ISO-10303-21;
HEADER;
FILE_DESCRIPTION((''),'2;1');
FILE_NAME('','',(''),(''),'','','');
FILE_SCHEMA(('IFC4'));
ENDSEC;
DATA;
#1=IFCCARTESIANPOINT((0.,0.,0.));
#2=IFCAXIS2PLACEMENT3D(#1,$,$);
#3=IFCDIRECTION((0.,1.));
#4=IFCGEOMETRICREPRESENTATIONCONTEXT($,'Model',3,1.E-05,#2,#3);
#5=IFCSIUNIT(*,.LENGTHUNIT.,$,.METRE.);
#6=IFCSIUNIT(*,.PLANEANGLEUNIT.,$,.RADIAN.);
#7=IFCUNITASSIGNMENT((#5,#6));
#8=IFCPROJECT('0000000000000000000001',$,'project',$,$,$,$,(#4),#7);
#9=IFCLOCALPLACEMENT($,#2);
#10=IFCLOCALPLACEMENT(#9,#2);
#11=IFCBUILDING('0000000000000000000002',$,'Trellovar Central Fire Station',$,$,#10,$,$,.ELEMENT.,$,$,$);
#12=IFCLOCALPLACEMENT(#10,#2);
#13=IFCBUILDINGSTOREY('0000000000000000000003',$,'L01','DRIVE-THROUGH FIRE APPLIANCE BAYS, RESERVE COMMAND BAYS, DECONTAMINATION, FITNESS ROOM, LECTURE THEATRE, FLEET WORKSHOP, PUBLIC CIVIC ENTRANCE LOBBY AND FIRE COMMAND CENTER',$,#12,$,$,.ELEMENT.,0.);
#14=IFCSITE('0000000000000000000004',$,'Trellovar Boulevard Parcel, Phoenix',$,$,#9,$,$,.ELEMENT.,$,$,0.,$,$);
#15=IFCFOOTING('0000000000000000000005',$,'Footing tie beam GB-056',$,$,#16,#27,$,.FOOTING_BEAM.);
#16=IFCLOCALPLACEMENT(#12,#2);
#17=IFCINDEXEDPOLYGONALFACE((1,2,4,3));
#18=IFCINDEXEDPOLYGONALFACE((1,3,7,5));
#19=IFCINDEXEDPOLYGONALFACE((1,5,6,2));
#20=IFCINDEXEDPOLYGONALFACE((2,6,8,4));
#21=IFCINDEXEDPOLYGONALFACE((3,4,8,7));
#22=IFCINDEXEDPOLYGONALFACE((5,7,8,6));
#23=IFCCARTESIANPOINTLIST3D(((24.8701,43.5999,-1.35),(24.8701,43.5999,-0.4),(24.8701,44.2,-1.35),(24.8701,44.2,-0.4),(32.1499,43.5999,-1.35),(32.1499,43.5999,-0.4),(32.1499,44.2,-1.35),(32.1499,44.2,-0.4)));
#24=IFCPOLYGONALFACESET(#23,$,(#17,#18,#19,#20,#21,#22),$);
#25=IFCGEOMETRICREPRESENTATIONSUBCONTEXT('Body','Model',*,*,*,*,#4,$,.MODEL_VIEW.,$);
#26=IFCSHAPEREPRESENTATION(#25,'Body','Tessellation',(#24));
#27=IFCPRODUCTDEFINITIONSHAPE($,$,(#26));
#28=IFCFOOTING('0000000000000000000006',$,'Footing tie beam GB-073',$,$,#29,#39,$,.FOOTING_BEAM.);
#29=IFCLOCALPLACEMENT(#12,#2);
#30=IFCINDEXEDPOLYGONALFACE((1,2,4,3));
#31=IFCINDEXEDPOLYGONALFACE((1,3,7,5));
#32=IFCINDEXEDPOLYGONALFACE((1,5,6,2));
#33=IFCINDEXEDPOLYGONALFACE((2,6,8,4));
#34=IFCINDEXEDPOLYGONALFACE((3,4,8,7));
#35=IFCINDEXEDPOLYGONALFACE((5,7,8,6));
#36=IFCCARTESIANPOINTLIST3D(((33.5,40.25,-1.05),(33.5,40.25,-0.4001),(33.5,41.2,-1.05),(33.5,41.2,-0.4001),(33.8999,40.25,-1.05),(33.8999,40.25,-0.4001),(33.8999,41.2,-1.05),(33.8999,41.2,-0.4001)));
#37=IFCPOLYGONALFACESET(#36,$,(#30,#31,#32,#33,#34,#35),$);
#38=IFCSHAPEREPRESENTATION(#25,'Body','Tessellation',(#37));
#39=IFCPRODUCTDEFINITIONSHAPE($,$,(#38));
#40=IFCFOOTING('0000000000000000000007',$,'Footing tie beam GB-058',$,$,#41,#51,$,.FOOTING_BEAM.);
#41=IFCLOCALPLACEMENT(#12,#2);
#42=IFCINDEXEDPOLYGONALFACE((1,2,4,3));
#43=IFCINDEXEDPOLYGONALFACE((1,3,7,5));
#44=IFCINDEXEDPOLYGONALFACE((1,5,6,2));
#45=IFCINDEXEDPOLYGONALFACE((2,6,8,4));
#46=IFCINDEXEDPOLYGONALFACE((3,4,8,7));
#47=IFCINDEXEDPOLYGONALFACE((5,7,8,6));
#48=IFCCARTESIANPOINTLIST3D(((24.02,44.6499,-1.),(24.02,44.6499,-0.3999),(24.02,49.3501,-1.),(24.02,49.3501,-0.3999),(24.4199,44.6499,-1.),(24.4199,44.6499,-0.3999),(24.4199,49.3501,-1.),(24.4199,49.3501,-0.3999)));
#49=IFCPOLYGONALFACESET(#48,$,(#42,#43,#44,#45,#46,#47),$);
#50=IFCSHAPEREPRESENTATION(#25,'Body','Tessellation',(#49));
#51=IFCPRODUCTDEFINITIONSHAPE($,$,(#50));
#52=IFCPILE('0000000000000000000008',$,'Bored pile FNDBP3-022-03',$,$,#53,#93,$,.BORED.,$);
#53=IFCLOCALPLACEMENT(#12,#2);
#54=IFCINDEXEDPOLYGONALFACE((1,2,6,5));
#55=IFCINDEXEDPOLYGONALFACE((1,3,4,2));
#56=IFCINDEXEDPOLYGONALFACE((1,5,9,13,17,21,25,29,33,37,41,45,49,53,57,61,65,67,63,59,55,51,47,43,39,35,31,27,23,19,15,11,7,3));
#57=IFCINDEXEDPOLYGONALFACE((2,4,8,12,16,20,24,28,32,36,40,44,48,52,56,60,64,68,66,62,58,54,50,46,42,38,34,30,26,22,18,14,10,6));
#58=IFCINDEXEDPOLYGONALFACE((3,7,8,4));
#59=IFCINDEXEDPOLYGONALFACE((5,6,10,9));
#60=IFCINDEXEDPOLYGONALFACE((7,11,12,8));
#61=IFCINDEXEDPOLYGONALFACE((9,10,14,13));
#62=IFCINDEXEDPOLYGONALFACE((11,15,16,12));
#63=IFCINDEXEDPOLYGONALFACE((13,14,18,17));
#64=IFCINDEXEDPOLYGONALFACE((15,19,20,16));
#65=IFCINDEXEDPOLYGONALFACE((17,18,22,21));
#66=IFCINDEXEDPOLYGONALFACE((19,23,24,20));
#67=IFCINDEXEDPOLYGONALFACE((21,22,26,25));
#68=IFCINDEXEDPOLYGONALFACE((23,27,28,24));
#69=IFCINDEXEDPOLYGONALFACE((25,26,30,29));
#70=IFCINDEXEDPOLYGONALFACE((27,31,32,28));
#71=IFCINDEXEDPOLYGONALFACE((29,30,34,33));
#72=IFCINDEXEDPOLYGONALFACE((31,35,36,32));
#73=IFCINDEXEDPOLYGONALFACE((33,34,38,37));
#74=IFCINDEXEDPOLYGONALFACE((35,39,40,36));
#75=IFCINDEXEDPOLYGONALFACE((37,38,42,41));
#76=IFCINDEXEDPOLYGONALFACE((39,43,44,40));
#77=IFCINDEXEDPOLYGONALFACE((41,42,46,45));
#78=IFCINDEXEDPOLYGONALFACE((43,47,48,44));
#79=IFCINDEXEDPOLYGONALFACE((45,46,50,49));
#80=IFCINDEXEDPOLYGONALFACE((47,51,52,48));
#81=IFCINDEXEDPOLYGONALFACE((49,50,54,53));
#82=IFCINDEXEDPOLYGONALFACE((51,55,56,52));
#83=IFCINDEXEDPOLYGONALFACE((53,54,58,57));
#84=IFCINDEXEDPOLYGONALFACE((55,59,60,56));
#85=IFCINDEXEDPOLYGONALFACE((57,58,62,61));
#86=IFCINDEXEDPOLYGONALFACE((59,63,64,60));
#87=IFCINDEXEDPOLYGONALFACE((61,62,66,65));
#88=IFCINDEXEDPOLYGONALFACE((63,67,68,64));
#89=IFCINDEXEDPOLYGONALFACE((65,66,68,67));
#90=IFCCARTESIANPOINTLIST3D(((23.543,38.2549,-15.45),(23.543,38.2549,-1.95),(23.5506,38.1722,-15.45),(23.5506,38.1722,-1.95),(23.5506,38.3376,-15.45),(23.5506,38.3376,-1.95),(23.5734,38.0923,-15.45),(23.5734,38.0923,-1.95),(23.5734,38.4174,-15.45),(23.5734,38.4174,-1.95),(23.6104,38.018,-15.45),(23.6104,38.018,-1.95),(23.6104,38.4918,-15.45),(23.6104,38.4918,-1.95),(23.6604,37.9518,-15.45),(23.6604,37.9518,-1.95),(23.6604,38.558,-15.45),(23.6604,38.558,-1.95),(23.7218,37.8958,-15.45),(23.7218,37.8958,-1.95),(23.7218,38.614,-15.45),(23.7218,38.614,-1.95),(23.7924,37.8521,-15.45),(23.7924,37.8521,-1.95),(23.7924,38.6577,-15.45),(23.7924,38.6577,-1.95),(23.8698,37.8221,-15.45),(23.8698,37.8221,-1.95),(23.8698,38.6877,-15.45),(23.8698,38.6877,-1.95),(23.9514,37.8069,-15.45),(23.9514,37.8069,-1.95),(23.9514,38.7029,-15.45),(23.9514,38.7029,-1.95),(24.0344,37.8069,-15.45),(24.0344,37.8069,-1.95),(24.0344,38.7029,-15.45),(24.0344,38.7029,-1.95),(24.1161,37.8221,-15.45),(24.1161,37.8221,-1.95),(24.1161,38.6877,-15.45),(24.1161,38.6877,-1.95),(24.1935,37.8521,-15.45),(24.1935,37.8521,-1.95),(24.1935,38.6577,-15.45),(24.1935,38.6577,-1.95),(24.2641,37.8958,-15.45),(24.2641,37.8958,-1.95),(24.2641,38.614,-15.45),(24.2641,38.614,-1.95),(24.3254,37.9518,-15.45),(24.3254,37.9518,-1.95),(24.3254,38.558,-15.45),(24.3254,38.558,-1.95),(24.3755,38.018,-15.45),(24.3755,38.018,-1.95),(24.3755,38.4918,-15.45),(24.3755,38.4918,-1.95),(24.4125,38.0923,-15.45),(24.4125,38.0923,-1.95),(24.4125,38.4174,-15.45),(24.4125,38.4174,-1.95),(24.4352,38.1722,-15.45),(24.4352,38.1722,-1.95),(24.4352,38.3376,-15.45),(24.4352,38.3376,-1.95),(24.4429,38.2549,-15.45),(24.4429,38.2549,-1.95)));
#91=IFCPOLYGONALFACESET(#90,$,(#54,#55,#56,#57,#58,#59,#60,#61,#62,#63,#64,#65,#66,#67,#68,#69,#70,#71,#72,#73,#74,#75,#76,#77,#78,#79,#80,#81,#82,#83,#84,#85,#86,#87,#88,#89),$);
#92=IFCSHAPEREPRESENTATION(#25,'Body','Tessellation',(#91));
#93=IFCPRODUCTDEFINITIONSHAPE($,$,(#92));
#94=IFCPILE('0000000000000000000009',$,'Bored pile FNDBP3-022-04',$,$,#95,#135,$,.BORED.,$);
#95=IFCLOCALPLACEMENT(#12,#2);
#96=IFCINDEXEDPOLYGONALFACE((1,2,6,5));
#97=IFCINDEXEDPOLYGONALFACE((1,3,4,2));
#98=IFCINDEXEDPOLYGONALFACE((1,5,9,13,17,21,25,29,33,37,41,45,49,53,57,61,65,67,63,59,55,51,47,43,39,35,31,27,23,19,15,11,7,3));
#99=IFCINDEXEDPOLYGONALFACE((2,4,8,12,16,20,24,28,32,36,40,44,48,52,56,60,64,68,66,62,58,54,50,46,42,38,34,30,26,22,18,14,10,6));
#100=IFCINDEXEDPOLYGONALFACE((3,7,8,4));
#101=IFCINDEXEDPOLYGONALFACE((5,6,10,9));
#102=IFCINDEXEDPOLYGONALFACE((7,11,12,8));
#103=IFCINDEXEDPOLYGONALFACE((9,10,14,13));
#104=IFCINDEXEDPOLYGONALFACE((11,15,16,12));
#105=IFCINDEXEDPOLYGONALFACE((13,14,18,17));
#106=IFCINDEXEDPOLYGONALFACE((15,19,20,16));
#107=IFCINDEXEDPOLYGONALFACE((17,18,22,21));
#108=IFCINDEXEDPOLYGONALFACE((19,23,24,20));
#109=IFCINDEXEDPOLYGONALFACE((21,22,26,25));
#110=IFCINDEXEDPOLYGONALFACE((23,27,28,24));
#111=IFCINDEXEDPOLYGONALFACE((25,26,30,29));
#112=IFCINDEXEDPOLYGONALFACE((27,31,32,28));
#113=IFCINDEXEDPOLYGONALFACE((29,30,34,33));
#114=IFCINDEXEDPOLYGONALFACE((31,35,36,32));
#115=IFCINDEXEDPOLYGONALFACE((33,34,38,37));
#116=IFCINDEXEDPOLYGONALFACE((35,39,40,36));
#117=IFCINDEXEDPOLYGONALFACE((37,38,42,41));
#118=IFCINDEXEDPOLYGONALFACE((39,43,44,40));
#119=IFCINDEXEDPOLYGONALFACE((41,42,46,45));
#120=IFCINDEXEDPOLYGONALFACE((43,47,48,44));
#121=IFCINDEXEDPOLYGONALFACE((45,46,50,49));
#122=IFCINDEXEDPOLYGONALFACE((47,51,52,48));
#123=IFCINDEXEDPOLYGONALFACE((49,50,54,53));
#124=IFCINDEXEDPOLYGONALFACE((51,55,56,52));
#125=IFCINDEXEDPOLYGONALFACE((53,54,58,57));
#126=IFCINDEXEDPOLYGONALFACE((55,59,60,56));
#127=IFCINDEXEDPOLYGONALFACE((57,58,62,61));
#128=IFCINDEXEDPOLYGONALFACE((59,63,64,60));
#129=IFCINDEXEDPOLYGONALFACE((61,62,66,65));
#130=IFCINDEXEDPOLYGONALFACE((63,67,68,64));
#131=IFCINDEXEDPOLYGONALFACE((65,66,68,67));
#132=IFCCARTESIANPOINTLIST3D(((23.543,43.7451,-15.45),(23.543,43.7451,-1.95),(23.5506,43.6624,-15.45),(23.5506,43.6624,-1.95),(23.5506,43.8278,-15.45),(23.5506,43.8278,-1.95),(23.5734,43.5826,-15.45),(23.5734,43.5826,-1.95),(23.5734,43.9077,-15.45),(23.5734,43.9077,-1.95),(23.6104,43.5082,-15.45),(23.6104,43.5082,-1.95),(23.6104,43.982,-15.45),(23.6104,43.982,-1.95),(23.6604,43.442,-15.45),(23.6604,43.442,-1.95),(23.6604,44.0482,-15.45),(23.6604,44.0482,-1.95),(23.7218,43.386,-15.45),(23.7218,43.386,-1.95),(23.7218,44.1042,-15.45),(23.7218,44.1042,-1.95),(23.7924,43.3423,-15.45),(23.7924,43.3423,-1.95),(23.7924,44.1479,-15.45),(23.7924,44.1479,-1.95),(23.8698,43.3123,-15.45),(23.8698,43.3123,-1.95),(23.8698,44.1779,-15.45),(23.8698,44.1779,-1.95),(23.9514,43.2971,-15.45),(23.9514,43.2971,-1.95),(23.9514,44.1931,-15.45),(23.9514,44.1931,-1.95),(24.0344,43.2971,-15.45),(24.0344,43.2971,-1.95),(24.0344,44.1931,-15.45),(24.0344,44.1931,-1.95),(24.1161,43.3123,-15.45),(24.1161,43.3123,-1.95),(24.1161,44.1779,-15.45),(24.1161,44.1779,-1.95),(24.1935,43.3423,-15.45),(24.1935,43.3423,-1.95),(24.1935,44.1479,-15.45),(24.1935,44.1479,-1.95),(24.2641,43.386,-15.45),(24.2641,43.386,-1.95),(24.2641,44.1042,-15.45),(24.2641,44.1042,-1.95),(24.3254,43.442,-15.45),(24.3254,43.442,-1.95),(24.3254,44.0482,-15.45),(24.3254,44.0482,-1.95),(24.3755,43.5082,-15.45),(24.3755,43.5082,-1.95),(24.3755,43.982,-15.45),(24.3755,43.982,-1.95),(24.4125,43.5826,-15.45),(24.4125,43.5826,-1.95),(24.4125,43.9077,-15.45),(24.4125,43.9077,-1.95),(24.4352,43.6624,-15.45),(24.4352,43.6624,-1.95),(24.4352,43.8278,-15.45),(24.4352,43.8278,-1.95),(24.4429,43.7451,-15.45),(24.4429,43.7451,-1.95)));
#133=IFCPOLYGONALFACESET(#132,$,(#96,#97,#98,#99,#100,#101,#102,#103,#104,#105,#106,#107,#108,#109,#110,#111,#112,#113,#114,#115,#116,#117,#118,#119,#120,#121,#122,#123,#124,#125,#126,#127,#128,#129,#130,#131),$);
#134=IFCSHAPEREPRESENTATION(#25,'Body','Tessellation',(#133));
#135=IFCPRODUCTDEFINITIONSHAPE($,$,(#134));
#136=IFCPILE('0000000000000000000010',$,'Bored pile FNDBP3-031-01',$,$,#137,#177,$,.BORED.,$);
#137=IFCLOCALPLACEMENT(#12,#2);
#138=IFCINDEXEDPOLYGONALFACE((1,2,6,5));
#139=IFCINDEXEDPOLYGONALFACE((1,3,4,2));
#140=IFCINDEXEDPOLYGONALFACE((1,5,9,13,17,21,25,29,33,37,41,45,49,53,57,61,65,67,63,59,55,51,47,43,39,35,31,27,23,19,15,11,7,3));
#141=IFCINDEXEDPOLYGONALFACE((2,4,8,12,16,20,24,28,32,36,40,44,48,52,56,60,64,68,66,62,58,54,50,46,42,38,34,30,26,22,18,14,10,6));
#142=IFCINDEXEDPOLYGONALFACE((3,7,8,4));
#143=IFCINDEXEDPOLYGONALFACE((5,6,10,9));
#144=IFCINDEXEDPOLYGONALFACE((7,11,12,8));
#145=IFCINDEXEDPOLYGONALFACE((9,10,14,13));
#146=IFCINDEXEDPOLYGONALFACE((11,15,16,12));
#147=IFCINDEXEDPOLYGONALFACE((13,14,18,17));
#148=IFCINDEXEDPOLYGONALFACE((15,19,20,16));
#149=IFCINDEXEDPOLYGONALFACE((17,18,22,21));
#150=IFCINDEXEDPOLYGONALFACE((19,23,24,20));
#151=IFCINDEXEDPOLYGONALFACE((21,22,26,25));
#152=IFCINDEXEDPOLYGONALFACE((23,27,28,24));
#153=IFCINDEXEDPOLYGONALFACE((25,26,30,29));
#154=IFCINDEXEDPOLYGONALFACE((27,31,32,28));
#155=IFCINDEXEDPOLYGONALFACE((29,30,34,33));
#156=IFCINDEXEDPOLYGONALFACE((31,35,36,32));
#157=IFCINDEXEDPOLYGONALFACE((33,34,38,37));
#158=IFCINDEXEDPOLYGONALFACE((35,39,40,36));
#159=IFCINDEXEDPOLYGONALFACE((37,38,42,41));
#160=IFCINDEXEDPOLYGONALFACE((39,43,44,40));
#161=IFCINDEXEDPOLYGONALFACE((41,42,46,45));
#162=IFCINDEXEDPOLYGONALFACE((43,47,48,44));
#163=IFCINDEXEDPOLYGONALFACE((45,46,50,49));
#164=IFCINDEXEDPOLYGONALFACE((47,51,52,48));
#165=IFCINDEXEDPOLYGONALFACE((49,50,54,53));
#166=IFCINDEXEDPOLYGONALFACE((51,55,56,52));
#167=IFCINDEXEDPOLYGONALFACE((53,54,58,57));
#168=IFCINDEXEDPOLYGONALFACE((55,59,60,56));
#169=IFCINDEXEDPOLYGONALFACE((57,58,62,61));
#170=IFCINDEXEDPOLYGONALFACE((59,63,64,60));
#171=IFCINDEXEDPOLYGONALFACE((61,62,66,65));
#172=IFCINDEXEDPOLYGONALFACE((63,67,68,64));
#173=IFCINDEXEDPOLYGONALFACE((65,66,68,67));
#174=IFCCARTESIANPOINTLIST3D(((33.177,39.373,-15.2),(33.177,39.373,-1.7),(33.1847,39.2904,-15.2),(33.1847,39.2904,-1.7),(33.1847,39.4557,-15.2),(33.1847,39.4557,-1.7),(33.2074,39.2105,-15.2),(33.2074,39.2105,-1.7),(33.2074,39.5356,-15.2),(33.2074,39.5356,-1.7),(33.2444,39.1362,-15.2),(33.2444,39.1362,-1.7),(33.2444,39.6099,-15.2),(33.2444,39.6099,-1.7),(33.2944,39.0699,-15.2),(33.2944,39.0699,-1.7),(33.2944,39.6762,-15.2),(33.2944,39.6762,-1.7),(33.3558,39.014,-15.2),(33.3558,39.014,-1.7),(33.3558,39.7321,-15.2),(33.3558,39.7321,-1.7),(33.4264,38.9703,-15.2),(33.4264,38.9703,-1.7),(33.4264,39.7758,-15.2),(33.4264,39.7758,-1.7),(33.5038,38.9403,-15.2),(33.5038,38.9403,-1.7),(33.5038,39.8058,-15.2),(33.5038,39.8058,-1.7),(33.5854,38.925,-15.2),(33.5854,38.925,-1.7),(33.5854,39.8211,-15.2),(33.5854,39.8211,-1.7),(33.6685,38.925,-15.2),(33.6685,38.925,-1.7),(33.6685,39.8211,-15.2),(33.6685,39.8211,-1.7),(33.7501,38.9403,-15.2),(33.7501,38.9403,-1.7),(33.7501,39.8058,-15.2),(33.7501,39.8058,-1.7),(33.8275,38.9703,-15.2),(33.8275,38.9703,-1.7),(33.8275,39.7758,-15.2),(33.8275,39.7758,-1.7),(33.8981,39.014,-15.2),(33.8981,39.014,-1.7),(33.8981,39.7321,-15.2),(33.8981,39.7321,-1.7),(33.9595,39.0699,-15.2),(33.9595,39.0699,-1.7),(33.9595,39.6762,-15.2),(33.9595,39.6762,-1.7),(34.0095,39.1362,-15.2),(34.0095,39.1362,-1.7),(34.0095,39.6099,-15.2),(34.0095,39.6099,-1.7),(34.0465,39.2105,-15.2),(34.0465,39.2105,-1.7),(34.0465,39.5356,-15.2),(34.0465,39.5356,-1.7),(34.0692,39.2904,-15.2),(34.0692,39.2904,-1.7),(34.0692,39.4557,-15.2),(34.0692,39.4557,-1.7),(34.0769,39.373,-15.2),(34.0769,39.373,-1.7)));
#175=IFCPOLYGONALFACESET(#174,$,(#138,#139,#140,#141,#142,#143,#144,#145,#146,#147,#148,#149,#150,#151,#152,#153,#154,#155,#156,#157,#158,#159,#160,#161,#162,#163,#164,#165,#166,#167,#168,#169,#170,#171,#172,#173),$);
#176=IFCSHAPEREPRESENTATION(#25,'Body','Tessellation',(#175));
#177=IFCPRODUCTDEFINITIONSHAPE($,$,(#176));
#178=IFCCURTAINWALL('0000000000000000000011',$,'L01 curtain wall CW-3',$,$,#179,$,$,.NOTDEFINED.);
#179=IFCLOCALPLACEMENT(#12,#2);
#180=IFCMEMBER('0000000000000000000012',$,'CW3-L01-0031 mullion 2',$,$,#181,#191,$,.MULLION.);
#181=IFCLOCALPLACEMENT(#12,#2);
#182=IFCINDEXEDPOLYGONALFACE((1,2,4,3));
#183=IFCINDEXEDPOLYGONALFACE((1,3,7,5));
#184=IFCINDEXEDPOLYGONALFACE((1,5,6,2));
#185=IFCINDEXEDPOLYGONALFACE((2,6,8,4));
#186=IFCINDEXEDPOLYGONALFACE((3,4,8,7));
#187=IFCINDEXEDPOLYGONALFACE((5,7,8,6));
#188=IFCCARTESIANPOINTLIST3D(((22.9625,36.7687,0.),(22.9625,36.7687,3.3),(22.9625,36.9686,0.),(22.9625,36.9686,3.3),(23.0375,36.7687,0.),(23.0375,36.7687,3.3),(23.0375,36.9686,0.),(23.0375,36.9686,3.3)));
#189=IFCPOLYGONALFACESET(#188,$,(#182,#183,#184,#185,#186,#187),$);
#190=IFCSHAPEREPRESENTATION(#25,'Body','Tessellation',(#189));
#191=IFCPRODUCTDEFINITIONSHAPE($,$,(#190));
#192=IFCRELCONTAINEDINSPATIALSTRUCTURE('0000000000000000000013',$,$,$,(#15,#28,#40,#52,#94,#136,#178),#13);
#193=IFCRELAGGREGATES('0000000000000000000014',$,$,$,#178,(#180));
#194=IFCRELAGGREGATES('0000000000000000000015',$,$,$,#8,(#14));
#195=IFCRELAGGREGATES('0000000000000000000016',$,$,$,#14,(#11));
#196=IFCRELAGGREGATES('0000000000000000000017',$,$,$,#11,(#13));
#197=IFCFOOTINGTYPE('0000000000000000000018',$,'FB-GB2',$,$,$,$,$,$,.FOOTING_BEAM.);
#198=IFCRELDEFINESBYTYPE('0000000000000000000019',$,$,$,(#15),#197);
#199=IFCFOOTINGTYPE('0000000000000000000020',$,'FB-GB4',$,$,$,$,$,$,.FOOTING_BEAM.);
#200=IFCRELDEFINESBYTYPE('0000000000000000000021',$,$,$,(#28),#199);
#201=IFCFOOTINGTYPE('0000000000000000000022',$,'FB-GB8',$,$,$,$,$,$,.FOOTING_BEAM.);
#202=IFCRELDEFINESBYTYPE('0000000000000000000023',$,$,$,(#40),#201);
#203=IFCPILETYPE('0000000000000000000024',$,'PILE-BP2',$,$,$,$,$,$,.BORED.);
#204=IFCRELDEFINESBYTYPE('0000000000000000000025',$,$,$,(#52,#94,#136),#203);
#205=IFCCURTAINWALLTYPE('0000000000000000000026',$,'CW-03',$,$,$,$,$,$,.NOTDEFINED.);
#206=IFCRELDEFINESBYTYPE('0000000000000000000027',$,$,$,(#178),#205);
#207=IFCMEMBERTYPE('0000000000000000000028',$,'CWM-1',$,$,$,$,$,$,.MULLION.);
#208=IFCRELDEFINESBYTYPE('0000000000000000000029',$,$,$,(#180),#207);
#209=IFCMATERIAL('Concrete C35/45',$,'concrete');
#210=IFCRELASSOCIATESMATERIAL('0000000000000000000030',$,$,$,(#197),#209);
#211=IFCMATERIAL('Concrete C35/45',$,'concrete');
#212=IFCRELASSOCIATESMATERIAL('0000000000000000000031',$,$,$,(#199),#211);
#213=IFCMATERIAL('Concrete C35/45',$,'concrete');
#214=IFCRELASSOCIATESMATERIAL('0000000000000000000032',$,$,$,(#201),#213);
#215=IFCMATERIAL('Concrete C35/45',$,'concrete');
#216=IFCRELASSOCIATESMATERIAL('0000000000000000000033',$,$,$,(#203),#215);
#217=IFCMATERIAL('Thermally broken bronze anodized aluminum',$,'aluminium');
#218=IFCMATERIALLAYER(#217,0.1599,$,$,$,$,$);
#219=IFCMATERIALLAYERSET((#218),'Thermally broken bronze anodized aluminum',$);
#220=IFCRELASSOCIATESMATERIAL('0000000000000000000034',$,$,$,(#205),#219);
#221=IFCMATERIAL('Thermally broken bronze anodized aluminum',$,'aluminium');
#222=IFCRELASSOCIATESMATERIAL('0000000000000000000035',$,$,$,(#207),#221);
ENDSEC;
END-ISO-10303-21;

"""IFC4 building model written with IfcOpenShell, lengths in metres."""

from ifc_helpers import new_model, si_unit, direction, frame, origin, origin_2d, place, context, subcontext, project, spatial, rectangle, circle, extrude, material, layer, layer_set, material_profile, profile_set, type_object, element, aggregate, save


model = new_model("IFC4")

# Units and contexts
model_context = context("Model", 3, precision=1e-05, world=origin(), true_north=direction((0.0, 1.0)))
body_context = subcontext(model_context, "Body", "Model", "MODEL_VIEW")
ifc_project = project(units=[si_unit("LENGTHUNIT", "METRE"), si_unit("PLANEANGLEUNIT", "RADIAN")], contexts=[model_context])

# Site, building, storey
site_placement = place(None, origin())
site = spatial("IfcSite", under=ifc_project, at=site_placement, Name="Trellovar Boulevard Parcel, Phoenix", CompositionType="ELEMENT", RefElevation=0.0)
building_placement = place(site_placement, origin())
building = spatial("IfcBuilding", under=site, at=building_placement, Name="Trellovar Central Fire Station", CompositionType="ELEMENT")
storey_placement = place(building_placement, origin())
storey = spatial("IfcBuildingStorey", under=building, at=storey_placement, Name="L01", Description="DRIVE-THROUGH FIRE APPLIANCE BAYS, RESERVE COMMAND BAYS, DECONTAMINATION, FITNESS ROOM, LECTURE THEATRE, FLEET WORKSHOP, PUBLIC CIVIC ENTRANCE LOBBY AND FIRE COMMAND CENTER", CompositionType="ELEMENT", Elevation=0.0)

# Footings
ifc_material_1 = material(Name="Concrete C35/45", Category="concrete")
ifc_material_profile_1 = material_profile(ifc_material_1, rectangle(XDim=0.6001, YDim=0.95, at=origin_2d()), Name="RC600X950")
ifc_profile_set_1 = profile_set([ifc_material_profile_1], Name="Concrete C35/45")
footing_type_1 = type_object("IfcFootingType", Name="FB-GB2", PredefinedType="FOOTING_BEAM", material=ifc_profile_set_1)
footing_1_placement = place(storey_placement, frame((24.8701, 43.8999, -0.875), z_axis=(1.0, 0.0, 0.0), x_axis=(0.0, 1.0, 0.0)))
element("IfcFooting", 1, at=footing_1_placement, inside=storey, type_object=footing_type_1, Name="Footing tie beam GB-056", PredefinedType="FOOTING_BEAM", context=body_context, shape_type="SweptSolid", body=[
    extrude(rectangle(XDim=0.6001, YDim=0.95, at=origin_2d()), origin(), (0.0, 0.0, 1.0), 7.2798),
])
ifc_material_2 = material(Name="Concrete C35/45", Category="concrete")
ifc_material_profile_2 = material_profile(ifc_material_2, rectangle(XDim=0.3999, YDim=0.6499, at=origin_2d()), Name="RC400X650")
ifc_profile_set_2 = profile_set([ifc_material_profile_2], Name="Concrete C35/45")
footing_type_2 = type_object("IfcFootingType", Name="FB-GB4", PredefinedType="FOOTING_BEAM", material=ifc_profile_set_2)
footing_2_placement = place(storey_placement, frame((33.7, 40.25, -0.7251), z_axis=(0.0, 1.0, 0.0), x_axis=(-1.0, 0.0, 0.0)))
element("IfcFooting", 2, at=footing_2_placement, inside=storey, type_object=footing_type_2, Name="Footing tie beam GB-073", PredefinedType="FOOTING_BEAM", context=body_context, shape_type="SweptSolid", body=[
    extrude(rectangle(XDim=0.3999, YDim=0.6499, at=origin_2d()), origin(), (0.0, 0.0, 1.0), 0.95),
])
ifc_material_3 = material(Name="Concrete C35/45", Category="concrete")
ifc_material_profile_3 = material_profile(ifc_material_3, rectangle(XDim=0.3999, YDim=0.6001, at=origin_2d()), Name="RC400X600")
ifc_profile_set_3 = profile_set([ifc_material_profile_3], Name="Concrete C35/45")
footing_type_3 = type_object("IfcFootingType", Name="FB-GB8", PredefinedType="FOOTING_BEAM", material=ifc_profile_set_3)
footing_3_placement = place(storey_placement, frame((24.22, 44.6499, -0.7), z_axis=(0.0, 1.0, 0.0), x_axis=(-1.0, 0.0, 0.0)))
element("IfcFooting", 3, at=footing_3_placement, inside=storey, type_object=footing_type_3, Name="Footing tie beam GB-058", PredefinedType="FOOTING_BEAM", context=body_context, shape_type="SweptSolid", body=[
    extrude(rectangle(XDim=0.3999, YDim=0.6001, at=origin_2d()), origin(), (0.0, 0.0, 1.0), 4.7002),
])

# Piles
ifc_material_4 = material(Name="Concrete C35/45", Category="concrete")
ifc_material_profile_4 = material_profile(ifc_material_4, circle(Radius=0.45, at=origin_2d()), Name="PILE900")
ifc_profile_set_4 = profile_set([ifc_material_profile_4], Name="Concrete C35/45")
pile_type = type_object("IfcPileType", Name="PILE-BP2", PredefinedType="BORED", material=ifc_profile_set_4)
for number, where, z_axis, x_axis, name in (
    (4, (23.9929, 38.2549, -1.95), (0.0, 0.0, -1.0), (1.0, 0.0, 0.0), "Bored pile FNDBP3-022-03"),
    (5, (23.9929, 43.7451, -1.95), (0.0, 0.0, -1.0), (1.0, 0.0, 0.0), "Bored pile FNDBP3-022-04"),
    (6, (33.627, 39.373, -1.7), (0.0, 0.0, -1.0), (1.0, 0.0, 0.0), "Bored pile FNDBP3-031-01"),
):
    element("IfcPile", number, at=place(storey_placement, frame(where, z_axis=z_axis, x_axis=x_axis)), inside=storey, type_object=pile_type, Name=name, PredefinedType="BORED", context=body_context, shape_type="SweptSolid", body=[
        extrude(circle(Radius=0.45, at=origin_2d()), origin(), (0.0, 0.0, 1.0), 13.5),
    ])

# Curtain wall, member
ifc_material_5 = material(Name="Thermally broken bronze anodized aluminum", Category="aluminium")
ifc_layer_1 = layer(ifc_material_5, 0.1599)
ifc_layer_set_1 = layer_set([ifc_layer_1], Name="Thermally broken bronze anodized aluminum")
curtain_wall_type = type_object("IfcCurtainWallType", Name="CW-03", PredefinedType="NOTDEFINED", material=ifc_layer_set_1)
curtain_wall_1_placement = place(storey_placement, origin())
curtain_wall_1 = element("IfcCurtainWall", 7, at=curtain_wall_1_placement, inside=storey, type_object=curtain_wall_type, Name="L01 curtain wall CW-3", PredefinedType="NOTDEFINED")
ifc_material_6 = material(Name="Thermally broken bronze anodized aluminum", Category="aluminium")
ifc_material_profile_5 = material_profile(ifc_material_6, rectangle(XDim=0.075, YDim=0.2, at=origin_2d()), Name="ALU75X200")
ifc_profile_set_5 = profile_set([ifc_material_profile_5], Name="Thermally broken bronze anodized aluminum")
member_type_1 = type_object("IfcMemberType", Name="CWM-1", PredefinedType="MULLION", material=ifc_profile_set_5)
member_1_placement = place(storey_placement, frame((23.0, 36.8687, 0.0), z_axis=(0.0, 0.0, 1.0), x_axis=(1.0, 0.0, 0.0)))
member_1 = element("IfcMember", 8, at=member_1_placement, type_object=member_type_1, Name="CW3-L01-0031 mullion 2", PredefinedType="MULLION", context=body_context, shape_type="SweptSolid", body=[
    extrude(rectangle(XDim=0.075, YDim=0.2, at=origin_2d()), origin(), (0.0, 0.0, 1.0), 3.3),
])

aggregate(curtain_wall_1, [member_1])

save(model, "model.ifc")
